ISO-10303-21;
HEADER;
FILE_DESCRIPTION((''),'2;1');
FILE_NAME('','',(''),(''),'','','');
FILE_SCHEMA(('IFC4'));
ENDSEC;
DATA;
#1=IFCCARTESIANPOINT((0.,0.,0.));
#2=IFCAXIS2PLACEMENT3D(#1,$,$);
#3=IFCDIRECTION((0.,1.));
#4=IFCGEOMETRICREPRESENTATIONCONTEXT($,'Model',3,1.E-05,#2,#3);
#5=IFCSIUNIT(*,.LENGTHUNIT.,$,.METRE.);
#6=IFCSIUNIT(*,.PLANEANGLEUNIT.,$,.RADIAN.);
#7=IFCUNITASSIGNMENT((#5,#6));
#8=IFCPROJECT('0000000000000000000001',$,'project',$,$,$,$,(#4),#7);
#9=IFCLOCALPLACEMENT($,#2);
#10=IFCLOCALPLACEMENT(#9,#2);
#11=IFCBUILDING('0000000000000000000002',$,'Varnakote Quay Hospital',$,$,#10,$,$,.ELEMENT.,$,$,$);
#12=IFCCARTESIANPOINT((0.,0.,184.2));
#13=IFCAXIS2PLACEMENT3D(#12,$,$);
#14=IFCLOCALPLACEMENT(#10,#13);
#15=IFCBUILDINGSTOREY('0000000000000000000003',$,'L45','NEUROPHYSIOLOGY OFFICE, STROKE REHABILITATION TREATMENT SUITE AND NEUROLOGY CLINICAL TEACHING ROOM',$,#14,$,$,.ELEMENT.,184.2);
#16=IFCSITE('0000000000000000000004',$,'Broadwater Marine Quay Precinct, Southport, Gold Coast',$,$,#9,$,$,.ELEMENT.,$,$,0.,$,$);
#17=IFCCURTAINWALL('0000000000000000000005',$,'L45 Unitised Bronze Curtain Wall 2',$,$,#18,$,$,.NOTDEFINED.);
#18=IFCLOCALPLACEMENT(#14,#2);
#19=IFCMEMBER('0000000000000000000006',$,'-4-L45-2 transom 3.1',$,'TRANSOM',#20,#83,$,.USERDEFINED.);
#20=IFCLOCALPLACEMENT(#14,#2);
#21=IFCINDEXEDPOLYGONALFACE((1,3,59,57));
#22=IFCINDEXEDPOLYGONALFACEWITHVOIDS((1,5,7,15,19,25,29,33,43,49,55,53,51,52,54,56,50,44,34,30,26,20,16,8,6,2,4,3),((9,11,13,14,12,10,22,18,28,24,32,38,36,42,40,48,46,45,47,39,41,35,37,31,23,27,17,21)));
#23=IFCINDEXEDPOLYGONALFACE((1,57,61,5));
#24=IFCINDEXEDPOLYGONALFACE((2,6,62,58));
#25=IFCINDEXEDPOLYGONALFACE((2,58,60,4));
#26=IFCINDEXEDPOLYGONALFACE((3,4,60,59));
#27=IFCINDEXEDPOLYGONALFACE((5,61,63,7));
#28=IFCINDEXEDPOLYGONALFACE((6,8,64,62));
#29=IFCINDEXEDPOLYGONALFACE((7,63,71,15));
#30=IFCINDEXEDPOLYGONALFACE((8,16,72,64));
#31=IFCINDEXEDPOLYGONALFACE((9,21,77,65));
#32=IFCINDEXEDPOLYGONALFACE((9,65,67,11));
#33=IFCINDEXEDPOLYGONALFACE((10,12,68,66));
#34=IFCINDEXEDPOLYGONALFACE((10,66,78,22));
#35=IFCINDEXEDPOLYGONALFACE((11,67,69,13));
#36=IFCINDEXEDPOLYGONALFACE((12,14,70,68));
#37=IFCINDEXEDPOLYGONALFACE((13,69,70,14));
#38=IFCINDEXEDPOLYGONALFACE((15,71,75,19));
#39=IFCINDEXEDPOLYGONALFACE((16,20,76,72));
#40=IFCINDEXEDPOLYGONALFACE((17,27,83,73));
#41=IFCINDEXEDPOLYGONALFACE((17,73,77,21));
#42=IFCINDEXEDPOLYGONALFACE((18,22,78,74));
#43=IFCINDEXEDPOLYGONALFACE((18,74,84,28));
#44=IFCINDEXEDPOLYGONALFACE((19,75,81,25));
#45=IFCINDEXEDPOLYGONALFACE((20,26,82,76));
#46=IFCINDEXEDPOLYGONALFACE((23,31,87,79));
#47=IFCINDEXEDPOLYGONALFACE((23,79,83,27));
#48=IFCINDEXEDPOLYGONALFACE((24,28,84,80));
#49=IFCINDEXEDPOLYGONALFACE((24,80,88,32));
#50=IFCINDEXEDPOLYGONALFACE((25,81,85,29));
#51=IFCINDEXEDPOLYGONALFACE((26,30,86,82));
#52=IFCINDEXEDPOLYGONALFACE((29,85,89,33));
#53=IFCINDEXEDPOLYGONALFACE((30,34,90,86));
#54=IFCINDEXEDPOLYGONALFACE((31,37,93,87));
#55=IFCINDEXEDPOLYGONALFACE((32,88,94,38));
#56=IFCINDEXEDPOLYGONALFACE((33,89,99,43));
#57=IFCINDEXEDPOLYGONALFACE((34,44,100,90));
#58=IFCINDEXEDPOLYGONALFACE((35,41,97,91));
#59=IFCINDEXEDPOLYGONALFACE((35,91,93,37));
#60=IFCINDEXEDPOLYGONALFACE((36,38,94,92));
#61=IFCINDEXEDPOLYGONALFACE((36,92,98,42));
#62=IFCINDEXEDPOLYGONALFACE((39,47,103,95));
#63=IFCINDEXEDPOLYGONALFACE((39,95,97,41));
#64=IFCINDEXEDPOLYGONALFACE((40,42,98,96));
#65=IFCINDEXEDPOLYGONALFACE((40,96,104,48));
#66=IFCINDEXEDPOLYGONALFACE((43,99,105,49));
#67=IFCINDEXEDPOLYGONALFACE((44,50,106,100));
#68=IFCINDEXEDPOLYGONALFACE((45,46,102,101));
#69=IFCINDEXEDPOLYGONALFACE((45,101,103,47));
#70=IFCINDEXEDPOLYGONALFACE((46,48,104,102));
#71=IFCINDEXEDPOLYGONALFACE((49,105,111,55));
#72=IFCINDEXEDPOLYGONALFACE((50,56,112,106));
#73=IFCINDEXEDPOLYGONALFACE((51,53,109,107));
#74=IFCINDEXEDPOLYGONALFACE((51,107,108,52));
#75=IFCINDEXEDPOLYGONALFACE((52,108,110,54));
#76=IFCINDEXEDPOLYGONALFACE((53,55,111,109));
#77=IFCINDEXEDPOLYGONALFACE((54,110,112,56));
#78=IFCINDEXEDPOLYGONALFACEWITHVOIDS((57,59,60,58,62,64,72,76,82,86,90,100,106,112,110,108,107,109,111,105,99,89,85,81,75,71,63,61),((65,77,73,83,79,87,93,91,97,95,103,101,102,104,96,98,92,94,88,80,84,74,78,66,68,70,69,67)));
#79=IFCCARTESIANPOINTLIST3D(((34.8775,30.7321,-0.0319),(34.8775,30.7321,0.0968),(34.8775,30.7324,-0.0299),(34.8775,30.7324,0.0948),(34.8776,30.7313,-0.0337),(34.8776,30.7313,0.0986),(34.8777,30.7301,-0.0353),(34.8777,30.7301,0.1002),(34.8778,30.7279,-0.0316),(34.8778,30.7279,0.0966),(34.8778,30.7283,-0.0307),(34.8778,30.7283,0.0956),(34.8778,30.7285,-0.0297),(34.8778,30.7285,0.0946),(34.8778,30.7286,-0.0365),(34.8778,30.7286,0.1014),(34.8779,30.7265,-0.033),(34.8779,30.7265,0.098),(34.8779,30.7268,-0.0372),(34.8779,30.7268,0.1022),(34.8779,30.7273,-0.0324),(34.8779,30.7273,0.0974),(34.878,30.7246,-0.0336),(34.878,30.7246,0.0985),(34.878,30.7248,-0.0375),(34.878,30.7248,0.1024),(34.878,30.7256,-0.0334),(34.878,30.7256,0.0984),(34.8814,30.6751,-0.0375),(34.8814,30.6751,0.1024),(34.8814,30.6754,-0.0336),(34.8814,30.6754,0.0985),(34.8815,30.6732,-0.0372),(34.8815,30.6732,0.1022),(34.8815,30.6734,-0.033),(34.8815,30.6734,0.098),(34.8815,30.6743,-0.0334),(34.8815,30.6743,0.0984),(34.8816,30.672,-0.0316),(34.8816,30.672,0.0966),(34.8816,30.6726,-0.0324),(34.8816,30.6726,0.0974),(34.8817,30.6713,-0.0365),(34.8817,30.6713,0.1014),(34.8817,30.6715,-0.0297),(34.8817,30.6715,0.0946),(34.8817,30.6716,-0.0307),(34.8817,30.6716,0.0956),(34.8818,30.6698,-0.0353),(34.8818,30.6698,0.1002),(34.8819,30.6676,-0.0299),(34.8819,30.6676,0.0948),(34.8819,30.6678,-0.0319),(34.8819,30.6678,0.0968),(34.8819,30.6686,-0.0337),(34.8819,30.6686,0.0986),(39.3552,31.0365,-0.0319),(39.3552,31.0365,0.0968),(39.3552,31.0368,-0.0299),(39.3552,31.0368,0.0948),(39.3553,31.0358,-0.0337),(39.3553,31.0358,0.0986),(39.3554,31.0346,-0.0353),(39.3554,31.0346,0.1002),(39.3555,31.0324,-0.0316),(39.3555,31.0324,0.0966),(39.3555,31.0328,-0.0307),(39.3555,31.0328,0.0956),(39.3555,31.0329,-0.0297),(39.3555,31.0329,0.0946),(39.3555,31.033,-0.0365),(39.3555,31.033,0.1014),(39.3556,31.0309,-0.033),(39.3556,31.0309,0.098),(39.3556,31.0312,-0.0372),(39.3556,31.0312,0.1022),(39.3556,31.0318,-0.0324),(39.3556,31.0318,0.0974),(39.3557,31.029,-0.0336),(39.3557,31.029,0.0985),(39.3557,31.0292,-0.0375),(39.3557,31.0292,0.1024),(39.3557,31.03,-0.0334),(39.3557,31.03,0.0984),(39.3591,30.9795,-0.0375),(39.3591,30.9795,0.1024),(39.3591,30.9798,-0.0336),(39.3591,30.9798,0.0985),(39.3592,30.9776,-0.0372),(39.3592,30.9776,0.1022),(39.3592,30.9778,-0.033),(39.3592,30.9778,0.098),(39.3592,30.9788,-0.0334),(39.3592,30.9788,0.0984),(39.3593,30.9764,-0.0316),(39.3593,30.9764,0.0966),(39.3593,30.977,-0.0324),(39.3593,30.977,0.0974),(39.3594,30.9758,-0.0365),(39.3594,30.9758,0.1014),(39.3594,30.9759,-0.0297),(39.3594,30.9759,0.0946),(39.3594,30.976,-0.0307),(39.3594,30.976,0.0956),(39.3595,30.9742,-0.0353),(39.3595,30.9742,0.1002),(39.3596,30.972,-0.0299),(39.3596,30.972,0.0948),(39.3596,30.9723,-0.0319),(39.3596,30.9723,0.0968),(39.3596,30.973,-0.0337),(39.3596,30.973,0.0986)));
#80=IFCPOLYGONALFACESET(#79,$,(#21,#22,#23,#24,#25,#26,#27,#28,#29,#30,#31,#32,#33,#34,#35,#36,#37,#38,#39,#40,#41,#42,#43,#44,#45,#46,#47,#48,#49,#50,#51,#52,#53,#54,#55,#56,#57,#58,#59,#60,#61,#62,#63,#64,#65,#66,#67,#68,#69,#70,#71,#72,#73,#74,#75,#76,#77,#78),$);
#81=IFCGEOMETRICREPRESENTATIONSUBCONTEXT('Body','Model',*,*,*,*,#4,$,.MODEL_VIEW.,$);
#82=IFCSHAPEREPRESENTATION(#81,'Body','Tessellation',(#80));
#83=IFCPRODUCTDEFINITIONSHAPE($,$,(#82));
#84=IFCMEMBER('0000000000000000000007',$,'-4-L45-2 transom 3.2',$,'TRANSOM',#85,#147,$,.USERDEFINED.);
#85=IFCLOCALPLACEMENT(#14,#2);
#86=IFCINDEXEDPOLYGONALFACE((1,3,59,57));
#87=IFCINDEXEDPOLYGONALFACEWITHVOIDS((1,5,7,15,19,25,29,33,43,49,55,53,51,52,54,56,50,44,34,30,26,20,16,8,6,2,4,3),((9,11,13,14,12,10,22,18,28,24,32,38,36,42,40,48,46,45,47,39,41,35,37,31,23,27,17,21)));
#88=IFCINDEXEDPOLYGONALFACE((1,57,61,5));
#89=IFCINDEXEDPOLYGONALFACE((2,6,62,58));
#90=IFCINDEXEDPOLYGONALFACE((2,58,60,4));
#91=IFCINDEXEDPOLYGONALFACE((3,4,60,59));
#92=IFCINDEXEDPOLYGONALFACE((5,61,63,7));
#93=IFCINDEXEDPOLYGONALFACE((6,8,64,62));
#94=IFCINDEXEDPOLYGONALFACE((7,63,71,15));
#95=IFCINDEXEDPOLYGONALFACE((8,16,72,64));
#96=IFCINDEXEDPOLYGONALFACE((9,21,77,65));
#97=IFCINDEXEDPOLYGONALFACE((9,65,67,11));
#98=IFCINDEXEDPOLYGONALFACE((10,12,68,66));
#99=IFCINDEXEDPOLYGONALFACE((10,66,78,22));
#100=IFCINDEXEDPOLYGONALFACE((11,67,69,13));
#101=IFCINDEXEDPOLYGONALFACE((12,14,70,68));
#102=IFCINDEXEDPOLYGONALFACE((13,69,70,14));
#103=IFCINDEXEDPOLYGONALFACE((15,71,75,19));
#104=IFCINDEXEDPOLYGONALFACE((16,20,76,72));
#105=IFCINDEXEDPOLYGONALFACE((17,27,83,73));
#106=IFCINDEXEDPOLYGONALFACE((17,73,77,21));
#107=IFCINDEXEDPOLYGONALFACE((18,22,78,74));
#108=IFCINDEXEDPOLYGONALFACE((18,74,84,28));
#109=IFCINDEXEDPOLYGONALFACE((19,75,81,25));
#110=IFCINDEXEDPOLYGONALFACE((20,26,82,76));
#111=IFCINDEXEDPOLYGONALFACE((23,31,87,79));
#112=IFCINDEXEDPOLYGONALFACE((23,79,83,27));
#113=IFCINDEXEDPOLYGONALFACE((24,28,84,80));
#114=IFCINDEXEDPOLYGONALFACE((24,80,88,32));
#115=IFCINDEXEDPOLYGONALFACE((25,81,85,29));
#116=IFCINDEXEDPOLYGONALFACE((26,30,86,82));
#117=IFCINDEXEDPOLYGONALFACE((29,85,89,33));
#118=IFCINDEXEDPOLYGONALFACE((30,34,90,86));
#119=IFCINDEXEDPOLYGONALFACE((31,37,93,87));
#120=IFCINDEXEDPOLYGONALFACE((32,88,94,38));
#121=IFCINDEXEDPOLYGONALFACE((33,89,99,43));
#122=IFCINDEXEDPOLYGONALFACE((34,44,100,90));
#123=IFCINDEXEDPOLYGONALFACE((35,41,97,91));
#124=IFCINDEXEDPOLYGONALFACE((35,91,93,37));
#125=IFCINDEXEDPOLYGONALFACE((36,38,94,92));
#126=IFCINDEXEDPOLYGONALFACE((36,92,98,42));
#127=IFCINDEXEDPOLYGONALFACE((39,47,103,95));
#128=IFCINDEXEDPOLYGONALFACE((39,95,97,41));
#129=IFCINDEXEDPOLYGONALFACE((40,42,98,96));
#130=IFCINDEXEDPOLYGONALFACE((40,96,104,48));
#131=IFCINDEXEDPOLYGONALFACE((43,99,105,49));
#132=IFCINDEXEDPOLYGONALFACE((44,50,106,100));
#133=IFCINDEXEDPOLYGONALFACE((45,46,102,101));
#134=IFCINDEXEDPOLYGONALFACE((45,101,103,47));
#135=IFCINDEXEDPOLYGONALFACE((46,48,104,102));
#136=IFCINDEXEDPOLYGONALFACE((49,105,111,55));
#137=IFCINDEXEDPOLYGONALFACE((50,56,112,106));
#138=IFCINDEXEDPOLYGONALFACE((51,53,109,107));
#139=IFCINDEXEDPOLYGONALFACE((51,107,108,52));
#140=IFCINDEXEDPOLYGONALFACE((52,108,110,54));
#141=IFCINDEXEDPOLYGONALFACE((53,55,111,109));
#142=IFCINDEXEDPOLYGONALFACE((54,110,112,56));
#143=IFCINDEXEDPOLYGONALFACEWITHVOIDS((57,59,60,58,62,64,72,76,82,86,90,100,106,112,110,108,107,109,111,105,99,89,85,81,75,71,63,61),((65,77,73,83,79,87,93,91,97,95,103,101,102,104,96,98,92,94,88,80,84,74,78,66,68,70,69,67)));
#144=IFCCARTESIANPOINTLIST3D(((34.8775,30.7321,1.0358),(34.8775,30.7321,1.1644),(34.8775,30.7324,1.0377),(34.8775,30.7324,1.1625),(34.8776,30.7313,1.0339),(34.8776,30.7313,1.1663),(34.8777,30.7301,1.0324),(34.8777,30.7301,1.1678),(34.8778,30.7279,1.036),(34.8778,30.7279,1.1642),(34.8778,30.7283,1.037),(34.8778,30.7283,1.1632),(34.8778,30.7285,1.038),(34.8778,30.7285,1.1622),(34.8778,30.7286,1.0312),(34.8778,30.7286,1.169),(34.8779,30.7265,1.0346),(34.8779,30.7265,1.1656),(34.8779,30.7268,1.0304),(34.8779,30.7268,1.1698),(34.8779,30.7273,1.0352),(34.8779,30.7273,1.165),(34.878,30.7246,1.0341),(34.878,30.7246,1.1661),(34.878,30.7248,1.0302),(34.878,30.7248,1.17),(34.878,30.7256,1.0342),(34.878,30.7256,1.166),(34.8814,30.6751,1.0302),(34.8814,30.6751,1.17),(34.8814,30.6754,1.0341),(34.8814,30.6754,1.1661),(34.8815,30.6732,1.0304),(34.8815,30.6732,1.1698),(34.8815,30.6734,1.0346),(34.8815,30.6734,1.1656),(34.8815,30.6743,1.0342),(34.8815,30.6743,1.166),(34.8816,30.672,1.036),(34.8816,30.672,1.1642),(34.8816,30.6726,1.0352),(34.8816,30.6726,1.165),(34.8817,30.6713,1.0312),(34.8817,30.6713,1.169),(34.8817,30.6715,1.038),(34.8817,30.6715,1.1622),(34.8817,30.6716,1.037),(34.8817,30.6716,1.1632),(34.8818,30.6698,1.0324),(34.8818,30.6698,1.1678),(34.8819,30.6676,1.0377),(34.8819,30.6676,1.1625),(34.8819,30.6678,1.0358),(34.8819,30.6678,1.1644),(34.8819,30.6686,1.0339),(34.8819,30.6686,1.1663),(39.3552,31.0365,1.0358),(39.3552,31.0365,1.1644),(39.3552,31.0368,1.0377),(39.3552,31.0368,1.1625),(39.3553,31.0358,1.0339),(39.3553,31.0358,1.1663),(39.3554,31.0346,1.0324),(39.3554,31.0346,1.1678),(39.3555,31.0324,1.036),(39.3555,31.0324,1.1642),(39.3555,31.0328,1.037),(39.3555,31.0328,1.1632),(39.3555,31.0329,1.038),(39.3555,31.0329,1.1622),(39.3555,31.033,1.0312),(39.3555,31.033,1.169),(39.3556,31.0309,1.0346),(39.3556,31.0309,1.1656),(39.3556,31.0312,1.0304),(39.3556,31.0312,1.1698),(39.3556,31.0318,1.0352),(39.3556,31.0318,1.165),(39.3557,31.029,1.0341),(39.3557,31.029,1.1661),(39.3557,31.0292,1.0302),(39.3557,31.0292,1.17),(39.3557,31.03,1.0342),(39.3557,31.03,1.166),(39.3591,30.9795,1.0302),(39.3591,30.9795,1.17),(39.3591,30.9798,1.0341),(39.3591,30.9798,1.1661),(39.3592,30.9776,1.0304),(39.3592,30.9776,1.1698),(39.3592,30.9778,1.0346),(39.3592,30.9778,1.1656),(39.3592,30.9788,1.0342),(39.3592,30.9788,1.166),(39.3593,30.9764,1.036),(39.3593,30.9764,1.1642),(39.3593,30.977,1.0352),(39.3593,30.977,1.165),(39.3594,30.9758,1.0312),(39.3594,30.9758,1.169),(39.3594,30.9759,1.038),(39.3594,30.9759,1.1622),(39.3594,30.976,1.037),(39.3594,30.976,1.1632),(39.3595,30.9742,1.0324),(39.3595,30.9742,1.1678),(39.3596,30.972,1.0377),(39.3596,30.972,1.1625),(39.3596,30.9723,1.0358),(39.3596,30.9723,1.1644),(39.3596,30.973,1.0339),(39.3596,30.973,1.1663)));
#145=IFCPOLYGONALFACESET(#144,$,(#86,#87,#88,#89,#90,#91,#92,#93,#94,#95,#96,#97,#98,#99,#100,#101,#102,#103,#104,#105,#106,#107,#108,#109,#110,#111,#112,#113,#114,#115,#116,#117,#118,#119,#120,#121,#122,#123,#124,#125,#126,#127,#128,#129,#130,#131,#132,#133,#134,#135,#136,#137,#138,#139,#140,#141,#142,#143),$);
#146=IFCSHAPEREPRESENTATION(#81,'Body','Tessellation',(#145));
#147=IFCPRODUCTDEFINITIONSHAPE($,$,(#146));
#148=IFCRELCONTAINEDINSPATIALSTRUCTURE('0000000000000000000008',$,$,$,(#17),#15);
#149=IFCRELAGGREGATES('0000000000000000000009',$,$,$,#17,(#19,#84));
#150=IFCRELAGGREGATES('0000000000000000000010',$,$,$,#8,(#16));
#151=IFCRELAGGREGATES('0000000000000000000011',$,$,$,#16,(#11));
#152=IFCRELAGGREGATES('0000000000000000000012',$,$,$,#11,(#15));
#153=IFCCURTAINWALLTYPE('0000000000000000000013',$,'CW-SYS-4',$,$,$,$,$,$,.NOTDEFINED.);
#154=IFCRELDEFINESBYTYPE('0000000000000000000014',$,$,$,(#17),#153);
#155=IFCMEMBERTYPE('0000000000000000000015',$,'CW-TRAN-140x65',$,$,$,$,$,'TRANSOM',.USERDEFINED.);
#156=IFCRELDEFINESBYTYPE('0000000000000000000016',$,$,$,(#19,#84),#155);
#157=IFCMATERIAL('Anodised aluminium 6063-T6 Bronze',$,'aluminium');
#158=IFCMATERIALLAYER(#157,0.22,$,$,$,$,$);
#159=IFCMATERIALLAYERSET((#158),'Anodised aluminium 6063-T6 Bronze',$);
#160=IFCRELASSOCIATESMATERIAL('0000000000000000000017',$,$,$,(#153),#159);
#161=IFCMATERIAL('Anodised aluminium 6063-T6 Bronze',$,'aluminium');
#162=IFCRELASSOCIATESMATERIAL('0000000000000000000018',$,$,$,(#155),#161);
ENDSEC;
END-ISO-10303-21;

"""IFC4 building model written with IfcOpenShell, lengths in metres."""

from ifc_helpers import new_model, si_unit, direction, frame, origin, origin_2d, place, context, subcontext, project, spatial, hollow_rectangle, extrude, material, layer, layer_set, material_profile, profile_set, type_object, element, aggregate, save


model = new_model("IFC4")

# Units and contexts
model_context = context("Model", 3, precision=1e-05, world=origin(), true_north=direction((0.0, 1.0)))
body_context = subcontext(model_context, "Body", "Model", "MODEL_VIEW")
ifc_project = project(units=[si_unit("LENGTHUNIT", "METRE"), si_unit("PLANEANGLEUNIT", "RADIAN")], contexts=[model_context])

# Site, building, storey
site_placement = place(None, origin())
site = spatial("IfcSite", under=ifc_project, at=site_placement, Name="Broadwater Marine Quay Precinct, Southport, Gold Coast", CompositionType="ELEMENT", RefElevation=0.0)
building_placement = place(site_placement, origin())
building = spatial("IfcBuilding", under=site, at=building_placement, Name="Varnakote Quay Hospital", CompositionType="ELEMENT")
storey_placement = place(building_placement, frame((0.0, 0.0, 184.2)))
storey = spatial("IfcBuildingStorey", under=building, at=storey_placement, Name="L45", Description="NEUROPHYSIOLOGY OFFICE, STROKE REHABILITATION TREATMENT SUITE AND NEUROLOGY CLINICAL TEACHING ROOM", CompositionType="ELEMENT", Elevation=184.2)

# Curtain wall, members
ifc_material_1 = material(Name="Anodised aluminium 6063-T6 Bronze", Category="aluminium")
ifc_layer_1 = layer(ifc_material_1, 0.22)
ifc_layer_set_1 = layer_set([ifc_layer_1], Name="Anodised aluminium 6063-T6 Bronze")
curtain_wall_type = type_object("IfcCurtainWallType", Name="CW-SYS-4", PredefinedType="NOTDEFINED", material=ifc_layer_set_1)
curtain_wall_placement = place(storey_placement, origin())
curtain_wall = element("IfcCurtainWall", 1, at=curtain_wall_placement, inside=storey, type_object=curtain_wall_type, Name="L45 Unitised Bronze Curtain Wall 2", PredefinedType="NOTDEFINED")
ifc_material_2 = material(Name="Anodised aluminium 6063-T6 Bronze", Category="aluminium")
ifc_material_profile_1 = material_profile(ifc_material_2, hollow_rectangle(XDim=0.0649, YDim=0.1399, WallThickness=0.0039, InnerFilletRadius=0.0039, OuterFilletRadius=0.0076, at=origin_2d()), Name="CW-TRAN-140x65")
ifc_profile_set_1 = profile_set([ifc_material_profile_1], Name="Anodised aluminium 6063-T6 Bronze")
member_type_1 = type_object("IfcMemberType", Name="CW-TRAN-140x65", ElementType="TRANSOM", PredefinedType="USERDEFINED", material=ifc_profile_set_1)
member_1_placement = place(storey_placement, frame((39.3574, 31.0044, 0.0325), z_axis=(-0.997697, -0.067833, 0.0), x_axis=(0.067833, -0.997697, 0.0)))
member_1 = element("IfcMember", 2, at=member_1_placement, type_object=member_type_1, Name="-4-L45-2 transom 3.1", ObjectType="TRANSOM", PredefinedType="USERDEFINED", context=body_context, shape_type="SweptSolid", body=[
    extrude(hollow_rectangle(XDim=0.0649, YDim=0.1399, WallThickness=0.0039, InnerFilletRadius=0.0039, OuterFilletRadius=0.0076, at=origin_2d()), origin(), (0.0, 0.0, 1.0), 4.488),
])
member_2_placement = place(storey_placement, frame((39.3574, 31.0044, 1.1001), z_axis=(-0.997697, -0.067833, 0.0), x_axis=(0.067833, -0.997697, 0.0)))
member_2 = element("IfcMember", 3, at=member_2_placement, type_object=member_type_1, Name="-4-L45-2 transom 3.2", ObjectType="TRANSOM", PredefinedType="USERDEFINED", context=body_context, shape_type="SweptSolid", body=[
    extrude(hollow_rectangle(XDim=0.0649, YDim=0.1399, WallThickness=0.0039, InnerFilletRadius=0.0039, OuterFilletRadius=0.0076, at=origin_2d()), origin(), (0.0, 0.0, 1.0), 4.488),
])
aggregate(curtain_wall, [member_1, member_2])

save(model, "model.ifc")
